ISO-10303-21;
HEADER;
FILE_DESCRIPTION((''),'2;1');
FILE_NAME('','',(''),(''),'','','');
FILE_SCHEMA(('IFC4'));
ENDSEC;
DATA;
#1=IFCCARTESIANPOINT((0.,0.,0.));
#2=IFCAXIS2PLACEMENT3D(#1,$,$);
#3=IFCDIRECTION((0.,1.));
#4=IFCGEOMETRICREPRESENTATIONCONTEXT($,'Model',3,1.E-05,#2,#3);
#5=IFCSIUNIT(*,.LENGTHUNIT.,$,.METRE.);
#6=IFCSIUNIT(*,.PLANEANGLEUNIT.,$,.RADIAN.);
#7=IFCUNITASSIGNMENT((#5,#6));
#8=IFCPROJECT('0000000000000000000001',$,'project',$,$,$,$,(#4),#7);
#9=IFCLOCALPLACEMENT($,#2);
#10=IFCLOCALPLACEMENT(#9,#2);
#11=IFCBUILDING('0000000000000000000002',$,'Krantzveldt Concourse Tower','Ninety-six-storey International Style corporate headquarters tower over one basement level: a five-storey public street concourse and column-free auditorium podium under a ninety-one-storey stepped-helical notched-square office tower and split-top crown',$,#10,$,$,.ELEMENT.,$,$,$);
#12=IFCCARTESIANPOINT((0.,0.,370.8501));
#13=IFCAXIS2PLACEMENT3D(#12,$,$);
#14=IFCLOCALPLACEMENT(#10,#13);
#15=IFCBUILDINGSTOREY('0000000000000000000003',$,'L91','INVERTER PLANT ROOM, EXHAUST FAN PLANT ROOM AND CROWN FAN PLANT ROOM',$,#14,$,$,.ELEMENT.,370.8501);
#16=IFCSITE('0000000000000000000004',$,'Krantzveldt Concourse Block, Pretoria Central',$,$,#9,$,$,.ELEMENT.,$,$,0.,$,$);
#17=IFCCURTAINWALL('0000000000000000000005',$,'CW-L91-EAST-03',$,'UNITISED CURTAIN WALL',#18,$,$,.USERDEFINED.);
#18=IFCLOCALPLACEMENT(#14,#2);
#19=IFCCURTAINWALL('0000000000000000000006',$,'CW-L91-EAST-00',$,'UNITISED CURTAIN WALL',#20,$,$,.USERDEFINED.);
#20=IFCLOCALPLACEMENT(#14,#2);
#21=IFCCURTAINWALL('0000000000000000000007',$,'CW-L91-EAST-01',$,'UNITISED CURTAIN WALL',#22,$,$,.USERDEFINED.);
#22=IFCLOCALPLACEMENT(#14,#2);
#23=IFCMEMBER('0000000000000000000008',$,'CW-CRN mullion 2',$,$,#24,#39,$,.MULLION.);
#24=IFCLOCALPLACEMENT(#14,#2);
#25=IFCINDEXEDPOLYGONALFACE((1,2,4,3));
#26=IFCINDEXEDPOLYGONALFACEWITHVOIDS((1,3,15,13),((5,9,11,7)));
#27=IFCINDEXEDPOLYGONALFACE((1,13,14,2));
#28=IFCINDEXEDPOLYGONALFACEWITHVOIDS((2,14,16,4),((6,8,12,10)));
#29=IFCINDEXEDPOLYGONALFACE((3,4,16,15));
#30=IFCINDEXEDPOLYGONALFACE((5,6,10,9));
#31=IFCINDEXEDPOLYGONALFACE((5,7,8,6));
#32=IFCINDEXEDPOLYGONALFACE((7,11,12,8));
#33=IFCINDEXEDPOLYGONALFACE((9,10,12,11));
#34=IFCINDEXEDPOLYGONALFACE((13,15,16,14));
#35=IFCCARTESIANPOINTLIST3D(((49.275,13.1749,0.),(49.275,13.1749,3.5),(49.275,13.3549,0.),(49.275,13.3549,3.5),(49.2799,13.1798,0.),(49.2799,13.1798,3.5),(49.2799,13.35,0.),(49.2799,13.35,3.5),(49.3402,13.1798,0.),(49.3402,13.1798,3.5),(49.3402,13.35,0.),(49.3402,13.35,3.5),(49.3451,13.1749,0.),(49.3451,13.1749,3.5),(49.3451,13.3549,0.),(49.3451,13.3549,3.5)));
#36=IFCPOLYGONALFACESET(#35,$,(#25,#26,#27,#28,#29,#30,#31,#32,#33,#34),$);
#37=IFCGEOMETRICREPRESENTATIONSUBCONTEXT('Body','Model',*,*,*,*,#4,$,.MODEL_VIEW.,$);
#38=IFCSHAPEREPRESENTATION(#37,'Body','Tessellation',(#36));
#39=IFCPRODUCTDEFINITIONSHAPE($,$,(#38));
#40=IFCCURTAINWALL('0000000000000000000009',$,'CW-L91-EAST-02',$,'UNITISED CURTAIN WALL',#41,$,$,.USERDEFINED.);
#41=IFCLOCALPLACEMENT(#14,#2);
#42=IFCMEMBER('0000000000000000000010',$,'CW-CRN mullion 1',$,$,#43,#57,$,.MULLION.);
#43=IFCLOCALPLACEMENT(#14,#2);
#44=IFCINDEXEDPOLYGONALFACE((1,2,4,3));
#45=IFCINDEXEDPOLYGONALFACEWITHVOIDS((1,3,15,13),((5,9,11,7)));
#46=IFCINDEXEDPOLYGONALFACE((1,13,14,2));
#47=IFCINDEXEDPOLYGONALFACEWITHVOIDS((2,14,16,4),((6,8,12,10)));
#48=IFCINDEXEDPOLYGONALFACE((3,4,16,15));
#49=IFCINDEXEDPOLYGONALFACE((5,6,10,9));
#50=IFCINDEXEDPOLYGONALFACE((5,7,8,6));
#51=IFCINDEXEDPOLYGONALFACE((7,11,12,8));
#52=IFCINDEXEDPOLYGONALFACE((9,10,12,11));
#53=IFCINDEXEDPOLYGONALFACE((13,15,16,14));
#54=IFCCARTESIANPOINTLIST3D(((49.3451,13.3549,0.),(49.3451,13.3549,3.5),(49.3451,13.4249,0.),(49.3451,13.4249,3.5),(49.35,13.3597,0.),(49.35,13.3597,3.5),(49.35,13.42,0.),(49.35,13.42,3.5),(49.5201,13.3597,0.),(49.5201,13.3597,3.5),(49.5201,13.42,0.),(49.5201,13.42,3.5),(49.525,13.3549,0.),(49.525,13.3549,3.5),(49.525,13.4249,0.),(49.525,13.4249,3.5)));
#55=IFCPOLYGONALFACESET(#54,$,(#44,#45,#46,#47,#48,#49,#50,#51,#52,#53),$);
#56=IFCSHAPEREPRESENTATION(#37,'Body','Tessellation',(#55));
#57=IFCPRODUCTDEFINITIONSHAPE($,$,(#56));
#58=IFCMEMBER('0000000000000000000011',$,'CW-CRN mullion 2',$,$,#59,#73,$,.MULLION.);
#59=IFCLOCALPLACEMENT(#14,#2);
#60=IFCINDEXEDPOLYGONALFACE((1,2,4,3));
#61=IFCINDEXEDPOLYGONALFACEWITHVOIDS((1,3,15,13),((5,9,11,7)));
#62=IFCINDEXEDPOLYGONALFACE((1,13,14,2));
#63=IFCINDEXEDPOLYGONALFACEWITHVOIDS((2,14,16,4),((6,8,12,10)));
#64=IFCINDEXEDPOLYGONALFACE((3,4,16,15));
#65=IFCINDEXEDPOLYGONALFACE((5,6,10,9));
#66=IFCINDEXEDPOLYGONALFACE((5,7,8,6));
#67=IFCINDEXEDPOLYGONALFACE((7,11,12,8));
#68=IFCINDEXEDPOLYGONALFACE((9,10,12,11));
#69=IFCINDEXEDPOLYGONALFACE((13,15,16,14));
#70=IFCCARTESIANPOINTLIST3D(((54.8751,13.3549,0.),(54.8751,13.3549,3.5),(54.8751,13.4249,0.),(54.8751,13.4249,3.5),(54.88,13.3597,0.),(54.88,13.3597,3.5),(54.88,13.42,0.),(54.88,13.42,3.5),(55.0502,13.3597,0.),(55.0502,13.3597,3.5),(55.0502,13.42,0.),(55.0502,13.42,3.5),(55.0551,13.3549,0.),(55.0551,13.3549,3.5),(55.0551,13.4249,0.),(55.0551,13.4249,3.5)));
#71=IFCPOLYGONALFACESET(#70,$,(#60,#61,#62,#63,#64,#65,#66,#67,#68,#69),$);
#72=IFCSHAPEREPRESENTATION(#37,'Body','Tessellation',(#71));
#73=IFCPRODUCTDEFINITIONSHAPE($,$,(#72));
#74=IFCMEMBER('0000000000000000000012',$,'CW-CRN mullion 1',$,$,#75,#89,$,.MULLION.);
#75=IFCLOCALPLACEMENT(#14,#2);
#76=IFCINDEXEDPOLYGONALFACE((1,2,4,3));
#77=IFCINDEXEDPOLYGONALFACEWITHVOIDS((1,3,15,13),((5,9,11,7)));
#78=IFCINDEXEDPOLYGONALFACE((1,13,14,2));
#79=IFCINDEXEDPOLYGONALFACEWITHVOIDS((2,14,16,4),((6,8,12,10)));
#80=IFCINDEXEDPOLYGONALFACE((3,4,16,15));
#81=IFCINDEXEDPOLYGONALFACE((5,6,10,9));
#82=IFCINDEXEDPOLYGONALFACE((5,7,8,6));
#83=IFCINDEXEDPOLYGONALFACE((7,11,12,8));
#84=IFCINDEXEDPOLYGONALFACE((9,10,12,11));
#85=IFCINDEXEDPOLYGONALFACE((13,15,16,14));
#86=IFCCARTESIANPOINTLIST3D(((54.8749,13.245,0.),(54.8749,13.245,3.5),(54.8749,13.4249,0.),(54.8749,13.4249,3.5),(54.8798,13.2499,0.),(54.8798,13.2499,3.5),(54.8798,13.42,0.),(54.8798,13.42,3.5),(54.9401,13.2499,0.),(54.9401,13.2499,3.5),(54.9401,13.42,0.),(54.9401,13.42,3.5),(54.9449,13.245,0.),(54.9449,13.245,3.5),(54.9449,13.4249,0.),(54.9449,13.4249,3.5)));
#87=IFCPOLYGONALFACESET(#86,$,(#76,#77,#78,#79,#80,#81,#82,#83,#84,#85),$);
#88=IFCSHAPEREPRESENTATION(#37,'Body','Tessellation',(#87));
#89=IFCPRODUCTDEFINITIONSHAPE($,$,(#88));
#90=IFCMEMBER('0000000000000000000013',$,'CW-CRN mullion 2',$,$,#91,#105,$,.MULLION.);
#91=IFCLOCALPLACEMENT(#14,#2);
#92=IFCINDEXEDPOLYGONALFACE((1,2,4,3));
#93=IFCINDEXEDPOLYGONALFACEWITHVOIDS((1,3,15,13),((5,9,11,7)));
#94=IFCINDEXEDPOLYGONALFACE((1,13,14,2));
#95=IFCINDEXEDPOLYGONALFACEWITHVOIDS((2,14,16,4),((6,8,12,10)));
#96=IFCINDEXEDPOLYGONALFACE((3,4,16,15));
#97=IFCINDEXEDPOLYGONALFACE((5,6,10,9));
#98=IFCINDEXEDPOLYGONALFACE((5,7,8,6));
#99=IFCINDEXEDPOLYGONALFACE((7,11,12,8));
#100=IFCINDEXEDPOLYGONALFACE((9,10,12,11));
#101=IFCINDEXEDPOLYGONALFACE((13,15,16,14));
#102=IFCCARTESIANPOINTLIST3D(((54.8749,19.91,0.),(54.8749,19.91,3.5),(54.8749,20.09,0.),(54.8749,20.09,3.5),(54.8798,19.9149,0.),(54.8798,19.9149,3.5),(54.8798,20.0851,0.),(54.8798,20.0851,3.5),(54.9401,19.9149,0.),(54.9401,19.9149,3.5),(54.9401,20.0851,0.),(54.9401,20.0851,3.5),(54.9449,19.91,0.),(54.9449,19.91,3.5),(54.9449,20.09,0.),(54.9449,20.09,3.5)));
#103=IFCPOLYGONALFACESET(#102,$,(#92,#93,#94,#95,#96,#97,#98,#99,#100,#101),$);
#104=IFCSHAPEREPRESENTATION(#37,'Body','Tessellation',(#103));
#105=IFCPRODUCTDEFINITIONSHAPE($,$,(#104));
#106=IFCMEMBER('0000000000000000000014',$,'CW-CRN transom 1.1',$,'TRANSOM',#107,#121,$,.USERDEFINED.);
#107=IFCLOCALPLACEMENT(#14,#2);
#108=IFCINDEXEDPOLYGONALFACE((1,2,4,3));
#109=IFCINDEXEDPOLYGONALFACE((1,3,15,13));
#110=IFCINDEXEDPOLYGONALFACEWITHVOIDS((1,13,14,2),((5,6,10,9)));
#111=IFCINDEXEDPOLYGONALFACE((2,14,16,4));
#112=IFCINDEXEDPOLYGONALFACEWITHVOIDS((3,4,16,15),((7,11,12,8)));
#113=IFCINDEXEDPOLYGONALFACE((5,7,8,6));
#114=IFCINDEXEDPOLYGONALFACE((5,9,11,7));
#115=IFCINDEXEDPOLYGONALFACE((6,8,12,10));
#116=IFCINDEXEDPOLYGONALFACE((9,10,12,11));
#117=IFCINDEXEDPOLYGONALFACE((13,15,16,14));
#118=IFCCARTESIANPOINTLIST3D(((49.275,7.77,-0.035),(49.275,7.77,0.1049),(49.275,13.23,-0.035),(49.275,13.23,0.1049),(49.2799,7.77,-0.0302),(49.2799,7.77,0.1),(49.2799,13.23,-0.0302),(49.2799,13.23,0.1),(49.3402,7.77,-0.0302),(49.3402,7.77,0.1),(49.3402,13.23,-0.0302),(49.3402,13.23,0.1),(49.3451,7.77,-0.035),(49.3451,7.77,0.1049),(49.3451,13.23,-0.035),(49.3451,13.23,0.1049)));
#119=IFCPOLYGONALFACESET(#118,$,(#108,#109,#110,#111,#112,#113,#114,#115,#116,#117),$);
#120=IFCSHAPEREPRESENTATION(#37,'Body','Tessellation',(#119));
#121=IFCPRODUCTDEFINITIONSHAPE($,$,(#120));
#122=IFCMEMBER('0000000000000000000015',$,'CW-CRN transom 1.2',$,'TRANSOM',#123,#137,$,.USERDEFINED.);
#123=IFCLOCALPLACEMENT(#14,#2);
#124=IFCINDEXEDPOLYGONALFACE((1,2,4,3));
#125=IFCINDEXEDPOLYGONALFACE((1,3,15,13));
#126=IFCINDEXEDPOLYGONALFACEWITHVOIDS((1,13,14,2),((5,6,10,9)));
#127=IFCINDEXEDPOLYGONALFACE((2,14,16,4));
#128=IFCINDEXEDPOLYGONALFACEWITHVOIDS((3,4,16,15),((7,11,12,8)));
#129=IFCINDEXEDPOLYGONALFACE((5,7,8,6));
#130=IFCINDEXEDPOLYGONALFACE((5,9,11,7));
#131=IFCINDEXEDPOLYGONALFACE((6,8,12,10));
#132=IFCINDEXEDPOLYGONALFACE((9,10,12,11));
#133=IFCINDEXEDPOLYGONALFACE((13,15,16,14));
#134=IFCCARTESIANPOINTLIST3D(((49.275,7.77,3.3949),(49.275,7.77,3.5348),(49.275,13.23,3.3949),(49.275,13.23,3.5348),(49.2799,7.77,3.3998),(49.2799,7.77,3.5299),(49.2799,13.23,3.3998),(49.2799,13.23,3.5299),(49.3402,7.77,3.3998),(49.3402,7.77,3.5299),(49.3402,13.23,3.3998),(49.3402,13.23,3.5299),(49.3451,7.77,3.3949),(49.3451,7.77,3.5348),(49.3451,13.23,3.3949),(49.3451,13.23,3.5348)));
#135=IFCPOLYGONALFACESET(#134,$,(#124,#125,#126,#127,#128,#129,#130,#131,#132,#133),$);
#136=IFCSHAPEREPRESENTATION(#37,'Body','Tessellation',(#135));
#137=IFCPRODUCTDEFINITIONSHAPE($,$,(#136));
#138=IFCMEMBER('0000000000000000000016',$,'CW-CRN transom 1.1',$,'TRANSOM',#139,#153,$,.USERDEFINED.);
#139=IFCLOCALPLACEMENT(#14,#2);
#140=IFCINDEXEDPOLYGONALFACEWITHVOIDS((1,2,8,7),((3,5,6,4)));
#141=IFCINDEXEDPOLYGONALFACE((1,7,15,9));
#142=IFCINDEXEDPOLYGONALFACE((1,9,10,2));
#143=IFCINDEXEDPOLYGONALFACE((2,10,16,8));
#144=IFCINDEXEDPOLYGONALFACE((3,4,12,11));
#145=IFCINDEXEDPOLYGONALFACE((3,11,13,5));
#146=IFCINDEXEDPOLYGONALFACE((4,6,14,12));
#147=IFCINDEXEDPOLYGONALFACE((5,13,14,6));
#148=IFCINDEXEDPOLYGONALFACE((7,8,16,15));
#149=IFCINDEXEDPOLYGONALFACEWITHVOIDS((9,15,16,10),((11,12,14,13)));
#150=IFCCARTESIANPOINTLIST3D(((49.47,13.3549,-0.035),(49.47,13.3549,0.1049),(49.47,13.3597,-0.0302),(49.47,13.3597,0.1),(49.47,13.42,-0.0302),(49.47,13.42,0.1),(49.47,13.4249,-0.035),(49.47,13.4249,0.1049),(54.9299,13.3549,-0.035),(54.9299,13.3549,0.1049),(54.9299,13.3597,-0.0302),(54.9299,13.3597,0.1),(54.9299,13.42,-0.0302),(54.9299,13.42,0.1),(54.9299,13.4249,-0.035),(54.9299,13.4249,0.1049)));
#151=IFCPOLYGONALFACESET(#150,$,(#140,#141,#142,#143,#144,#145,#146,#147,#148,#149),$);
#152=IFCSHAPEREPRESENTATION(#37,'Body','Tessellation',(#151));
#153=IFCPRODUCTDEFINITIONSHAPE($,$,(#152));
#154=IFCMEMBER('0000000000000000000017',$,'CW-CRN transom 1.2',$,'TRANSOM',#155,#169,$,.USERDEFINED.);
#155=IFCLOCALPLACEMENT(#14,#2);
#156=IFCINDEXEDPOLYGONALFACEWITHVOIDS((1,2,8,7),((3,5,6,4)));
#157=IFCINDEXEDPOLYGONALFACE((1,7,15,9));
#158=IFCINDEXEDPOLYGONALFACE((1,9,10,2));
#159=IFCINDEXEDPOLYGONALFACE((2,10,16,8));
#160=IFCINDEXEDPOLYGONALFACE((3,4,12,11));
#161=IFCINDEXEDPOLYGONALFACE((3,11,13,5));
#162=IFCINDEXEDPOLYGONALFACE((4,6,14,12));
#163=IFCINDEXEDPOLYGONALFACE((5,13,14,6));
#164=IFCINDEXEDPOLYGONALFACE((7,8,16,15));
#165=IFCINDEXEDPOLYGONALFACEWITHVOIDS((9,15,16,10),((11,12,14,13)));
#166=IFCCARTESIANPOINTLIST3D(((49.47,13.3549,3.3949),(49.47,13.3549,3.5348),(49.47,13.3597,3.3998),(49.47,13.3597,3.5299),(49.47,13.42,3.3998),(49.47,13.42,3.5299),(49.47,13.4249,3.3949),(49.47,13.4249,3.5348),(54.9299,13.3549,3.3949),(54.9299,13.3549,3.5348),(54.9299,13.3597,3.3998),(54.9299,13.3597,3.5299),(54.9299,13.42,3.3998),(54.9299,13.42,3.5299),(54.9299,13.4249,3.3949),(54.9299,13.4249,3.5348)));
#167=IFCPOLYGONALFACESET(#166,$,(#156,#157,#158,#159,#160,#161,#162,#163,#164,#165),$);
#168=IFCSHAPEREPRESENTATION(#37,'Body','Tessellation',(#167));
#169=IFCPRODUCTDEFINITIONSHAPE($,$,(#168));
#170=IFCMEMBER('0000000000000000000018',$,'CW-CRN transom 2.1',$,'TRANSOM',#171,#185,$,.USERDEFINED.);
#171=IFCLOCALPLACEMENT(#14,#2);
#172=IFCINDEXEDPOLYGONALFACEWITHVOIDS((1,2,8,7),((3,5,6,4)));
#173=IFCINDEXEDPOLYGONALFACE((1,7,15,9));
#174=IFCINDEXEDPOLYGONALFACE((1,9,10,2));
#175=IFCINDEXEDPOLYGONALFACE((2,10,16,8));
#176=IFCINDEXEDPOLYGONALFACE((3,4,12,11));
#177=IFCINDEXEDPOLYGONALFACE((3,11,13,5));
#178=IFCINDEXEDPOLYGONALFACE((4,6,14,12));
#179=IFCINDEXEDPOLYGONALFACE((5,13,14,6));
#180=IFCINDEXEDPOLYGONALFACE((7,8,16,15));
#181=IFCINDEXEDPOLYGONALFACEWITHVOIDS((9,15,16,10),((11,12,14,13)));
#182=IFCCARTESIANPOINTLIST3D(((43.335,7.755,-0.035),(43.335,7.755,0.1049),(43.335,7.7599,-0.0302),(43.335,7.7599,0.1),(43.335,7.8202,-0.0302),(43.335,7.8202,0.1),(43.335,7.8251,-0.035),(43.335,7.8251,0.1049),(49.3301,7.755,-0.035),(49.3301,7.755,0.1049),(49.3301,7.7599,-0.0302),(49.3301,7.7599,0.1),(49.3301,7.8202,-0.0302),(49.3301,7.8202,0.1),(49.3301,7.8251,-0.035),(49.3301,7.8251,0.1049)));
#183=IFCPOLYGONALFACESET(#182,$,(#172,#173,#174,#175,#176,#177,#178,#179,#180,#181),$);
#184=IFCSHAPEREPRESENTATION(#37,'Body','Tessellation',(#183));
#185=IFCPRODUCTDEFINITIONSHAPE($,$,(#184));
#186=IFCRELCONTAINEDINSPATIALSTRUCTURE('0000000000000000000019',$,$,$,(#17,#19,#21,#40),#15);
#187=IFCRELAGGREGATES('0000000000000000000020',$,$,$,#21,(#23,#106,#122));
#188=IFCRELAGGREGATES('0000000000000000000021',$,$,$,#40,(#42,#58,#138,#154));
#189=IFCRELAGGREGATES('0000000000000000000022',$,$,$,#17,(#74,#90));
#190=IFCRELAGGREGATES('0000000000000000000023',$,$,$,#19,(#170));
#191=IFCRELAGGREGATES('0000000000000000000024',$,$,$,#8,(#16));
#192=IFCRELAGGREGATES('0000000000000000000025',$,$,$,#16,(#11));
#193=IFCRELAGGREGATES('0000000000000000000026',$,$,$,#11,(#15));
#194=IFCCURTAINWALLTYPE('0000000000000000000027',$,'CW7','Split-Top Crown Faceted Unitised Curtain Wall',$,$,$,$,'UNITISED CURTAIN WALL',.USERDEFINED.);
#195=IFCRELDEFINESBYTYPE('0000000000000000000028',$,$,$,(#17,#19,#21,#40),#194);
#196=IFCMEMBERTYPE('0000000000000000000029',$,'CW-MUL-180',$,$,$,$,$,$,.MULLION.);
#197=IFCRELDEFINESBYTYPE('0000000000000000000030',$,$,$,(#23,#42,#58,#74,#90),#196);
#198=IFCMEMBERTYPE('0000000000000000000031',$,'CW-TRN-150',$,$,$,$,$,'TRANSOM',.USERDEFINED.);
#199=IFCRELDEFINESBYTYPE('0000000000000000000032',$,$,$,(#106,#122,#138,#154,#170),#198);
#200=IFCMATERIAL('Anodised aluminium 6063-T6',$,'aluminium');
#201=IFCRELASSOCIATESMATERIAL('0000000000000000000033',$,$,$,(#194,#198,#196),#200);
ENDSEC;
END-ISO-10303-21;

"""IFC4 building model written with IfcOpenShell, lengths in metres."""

from ifc_helpers import new_model, si_unit, direction, frame, origin, origin_2d, place, context, subcontext, project, spatial, hollow_rectangle, extrude, source, transform, mapped, material, material_profile, profile_set, type_object, type_shapes, element, aggregate, save


model = new_model("IFC4")

# Units and contexts
model_context = context("Model", 3, precision=1e-05, world=origin(), true_north=direction((0.0, 1.0)))
body_context = subcontext(model_context, "Body", "Model", "MODEL_VIEW")
ifc_project = project(units=[si_unit("LENGTHUNIT", "METRE"), si_unit("PLANEANGLEUNIT", "RADIAN")], contexts=[model_context])

# Site, building, storey
site_placement = place(None, origin())
site = spatial("IfcSite", under=ifc_project, at=site_placement, Name="Krantzveldt Concourse Block, Pretoria Central", CompositionType="ELEMENT", RefElevation=0.0)
building_placement = place(site_placement, origin())
building = spatial("IfcBuilding", under=site, at=building_placement, Name="Krantzveldt Concourse Tower", Description="Ninety-six-storey International Style corporate headquarters tower over one basement level: a five-storey public street concourse and column-free auditorium podium under a ninety-one-storey stepped-helical notched-square office tower and split-top crown", CompositionType="ELEMENT")
storey_placement = place(building_placement, frame((0.0, 0.0, 370.8501)))
storey = spatial("IfcBuildingStorey", under=building, at=storey_placement, Name="L91", Description="INVERTER PLANT ROOM, EXHAUST FAN PLANT ROOM AND CROWN FAN PLANT ROOM", CompositionType="ELEMENT", Elevation=370.8501)

# Curtain walls, members
ifc_material_1 = material(Name="Anodised aluminium 6063-T6", Category="aluminium")
curtain_wall_type = type_object("IfcCurtainWallType", Name="CW7", Description="Split-Top Crown Faceted Unitised Curtain Wall", ElementType="UNITISED CURTAIN WALL", PredefinedType="USERDEFINED", material=ifc_material_1)
curtain_wall_1_placement = place(storey_placement, origin())
curtain_wall_1 = element("IfcCurtainWall", 1, at=curtain_wall_1_placement, inside=storey, type_object=curtain_wall_type, Name="CW-L91-EAST-03", ObjectType="UNITISED CURTAIN WALL", PredefinedType="USERDEFINED")
ifc_material_profile_1 = material_profile(ifc_material_1, hollow_rectangle(XDim=0.0701, YDim=0.1399, WallThickness=0.0049, at=origin_2d()), Name="Anodised aluminium 6063-T6", Category="aluminium")
ifc_profile_set_1 = profile_set([ifc_material_profile_1], Name="Anodised aluminium 6063-T6 - ALU-TRAN 140x70x5")
member_type_1 = type_object("IfcMemberType", Name="CW-TRN-150", ElementType="TRANSOM", PredefinedType="USERDEFINED", material=ifc_profile_set_1)
curtain_wall_2_placement = place(storey_placement, origin())
curtain_wall_2 = element("IfcCurtainWall", 2, at=curtain_wall_2_placement, inside=storey, type_object=curtain_wall_type, Name="CW-L91-EAST-00", ObjectType="UNITISED CURTAIN WALL", PredefinedType="USERDEFINED")
ifc_material_profile_2 = material_profile(ifc_material_1, hollow_rectangle(XDim=0.0701, YDim=0.1799, WallThickness=0.0049, at=origin_2d()), Name="Anodised aluminium 6063-T6", Category="aluminium")
ifc_profile_set_2 = profile_set([ifc_material_profile_2], Name="Anodised aluminium 6063-T6 - ALU-MULL 180x70x5")
member_type_2 = type_object("IfcMemberType", Name="CW-MUL-180", PredefinedType="MULLION", material=ifc_profile_set_2)
shared_shape_1 = source(origin(), body_context, "Body", "SweptSolid", [
    extrude(hollow_rectangle(XDim=0.0701, YDim=0.1799, WallThickness=0.0049, at=origin_2d()), origin(), (0.0, 0.0, 1.0), 3.5),
])
type_shapes(member_type_2, [shared_shape_1])
curtain_wall_3_placement = place(storey_placement, origin())
curtain_wall_3 = element("IfcCurtainWall", 3, at=curtain_wall_3_placement, inside=storey, type_object=curtain_wall_type, Name="CW-L91-EAST-01", ObjectType="UNITISED CURTAIN WALL", PredefinedType="USERDEFINED")
member_1_placement = place(storey_placement, frame((49.3101, 13.2649, 0.0), z_axis=(0.0, 0.0, 1.0), x_axis=(-1.0, 0.0, 0.0)))
member_1 = element("IfcMember", 4, at=member_1_placement, type_object=member_type_2, Name="CW-CRN mullion 2", PredefinedType="MULLION", context=body_context, shape_type="MappedRepresentation", body=[
    mapped(shared_shape_1, transform((0.0, 0.0, 0.0), x_axis=(1.0, 0.0, 0.0), y_axis=(0.0, 1.0, 0.0), z_axis=(0.0, 0.0, 1.0), scale=1.0)),
])
curtain_wall_4_placement = place(storey_placement, origin())
curtain_wall_4 = element("IfcCurtainWall", 5, at=curtain_wall_4_placement, inside=storey, type_object=curtain_wall_type, Name="CW-L91-EAST-02", ObjectType="UNITISED CURTAIN WALL", PredefinedType="USERDEFINED")
member_2_placement = place(storey_placement, frame((49.4351, 13.3899, 0.0), z_axis=(0.0, 0.0, 1.0), x_axis=(0.0, 1.0, 0.0)))
member_2 = element("IfcMember", 6, at=member_2_placement, type_object=member_type_2, Name="CW-CRN mullion 1", PredefinedType="MULLION", context=body_context, shape_type="MappedRepresentation", body=[
    mapped(shared_shape_1, transform((0.0, 0.0, 0.0), x_axis=(1.0, 0.0, 0.0), y_axis=(0.0, 1.0, 0.0), z_axis=(0.0, 0.0, 1.0), scale=1.0)),
])
member_3_placement = place(storey_placement, frame((54.9651, 13.3899, 0.0), z_axis=(0.0, 0.0, 1.0), x_axis=(0.0, 1.0, 0.0)))
member_3 = element("IfcMember", 7, at=member_3_placement, type_object=member_type_2, Name="CW-CRN mullion 2", PredefinedType="MULLION", context=body_context, shape_type="MappedRepresentation", body=[
    mapped(shared_shape_1, transform((0.0, 0.0, 0.0), x_axis=(1.0, 0.0, 0.0), y_axis=(0.0, 1.0, 0.0), z_axis=(0.0, 0.0, 1.0), scale=1.0)),
])

# Members
member_4_placement = place(storey_placement, frame((54.9099, 13.335, 0.0), z_axis=(0.0, 0.0, 1.0), x_axis=(-1.0, 0.0, 0.0)))
member_4 = element("IfcMember", 8, at=member_4_placement, type_object=member_type_2, Name="CW-CRN mullion 1", PredefinedType="MULLION", context=body_context, shape_type="MappedRepresentation", body=[
    mapped(shared_shape_1, transform((0.0, 0.0, 0.0), x_axis=(1.0, 0.0, 0.0), y_axis=(0.0, 1.0, 0.0), z_axis=(0.0, 0.0, 1.0), scale=1.0)),
])
member_5_placement = place(storey_placement, frame((54.9099, 20.0, 0.0), z_axis=(0.0, 0.0, 1.0), x_axis=(-1.0, 0.0, 0.0)))
member_5 = element("IfcMember", 9, at=member_5_placement, type_object=member_type_2, Name="CW-CRN mullion 2", PredefinedType="MULLION", context=body_context, shape_type="MappedRepresentation", body=[
    mapped(shared_shape_1, transform((0.0, 0.0, 0.0), x_axis=(1.0, 0.0, 0.0), y_axis=(0.0, 1.0, 0.0), z_axis=(0.0, 0.0, 1.0), scale=1.0)),
])
shared_shape_2 = source(origin(), body_context, "Body", "SweptSolid", [
    extrude(hollow_rectangle(XDim=0.0701, YDim=0.1399, WallThickness=0.0049, at=origin_2d()), origin(), (0.0, 0.0, 1.0), 5.46),
])
member_6_placement = place(storey_placement, frame((49.3101, 7.77, 0.0349), z_axis=(0.0, 1.0, 0.0), x_axis=(-1.0, 0.0, 0.0)))
member_6 = element("IfcMember", 10, at=member_6_placement, type_object=member_type_1, Name="CW-CRN transom 1.1", ObjectType="TRANSOM", PredefinedType="USERDEFINED", context=body_context, shape_type="MappedRepresentation", body=[
    mapped(shared_shape_2, transform((0.0, 0.0, 0.0), x_axis=(1.0, 0.0, 0.0), y_axis=(0.0, 1.0, 0.0), z_axis=(0.0, 0.0, 1.0), scale=1.0)),
])
member_7_placement = place(storey_placement, frame((49.3101, 7.77, 3.4648), z_axis=(0.0, 1.0, 0.0), x_axis=(-1.0, 0.0, 0.0)))
member_7 = element("IfcMember", 11, at=member_7_placement, type_object=member_type_1, Name="CW-CRN transom 1.2", ObjectType="TRANSOM", PredefinedType="USERDEFINED", context=body_context, shape_type="MappedRepresentation", body=[
    mapped(shared_shape_2, transform((0.0, 0.0, 0.0), x_axis=(1.0, 0.0, 0.0), y_axis=(0.0, 1.0, 0.0), z_axis=(0.0, 0.0, 1.0), scale=1.0)),
])
member_8_placement = place(storey_placement, frame((49.47, 13.3899, 0.0349), z_axis=(1.0, 0.0, 0.0), x_axis=(0.0, 1.0, 0.0)))
member_8 = element("IfcMember", 12, at=member_8_placement, type_object=member_type_1, Name="CW-CRN transom 1.1", ObjectType="TRANSOM", PredefinedType="USERDEFINED", context=body_context, shape_type="MappedRepresentation", body=[
    mapped(shared_shape_2, transform((0.0, 0.0, 0.0), x_axis=(1.0, 0.0, 0.0), y_axis=(0.0, 1.0, 0.0), z_axis=(0.0, 0.0, 1.0), scale=1.0)),
])
member_9_placement = place(storey_placement, frame((49.47, 13.3899, 3.4648), z_axis=(1.0, 0.0, 0.0), x_axis=(0.0, 1.0, 0.0)))
member_9 = element("IfcMember", 13, at=member_9_placement, type_object=member_type_1, Name="CW-CRN transom 1.2", ObjectType="TRANSOM", PredefinedType="USERDEFINED", context=body_context, shape_type="MappedRepresentation", body=[
    mapped(shared_shape_2, transform((0.0, 0.0, 0.0), x_axis=(1.0, 0.0, 0.0), y_axis=(0.0, 1.0, 0.0), z_axis=(0.0, 0.0, 1.0), scale=1.0)),
])
shared_shape_3 = source(origin(), body_context, "Body", "SweptSolid", [
    extrude(hollow_rectangle(XDim=0.0701, YDim=0.1399, WallThickness=0.0049, at=origin_2d()), origin(), (0.0, 0.0, 1.0), 5.9951),
])
member_10_placement = place(storey_placement, frame((43.335, 7.79, 0.0349), z_axis=(1.0, 0.0, 0.0), x_axis=(0.0, 1.0, 0.0)))
member_10 = element("IfcMember", 14, at=member_10_placement, type_object=member_type_1, Name="CW-CRN transom 2.1", ObjectType="TRANSOM", PredefinedType="USERDEFINED", context=body_context, shape_type="MappedRepresentation", body=[
    mapped(shared_shape_3, transform((0.0, 0.0, 0.0), x_axis=(1.0, 0.0, 0.0), y_axis=(0.0, 1.0, 0.0), z_axis=(0.0, 0.0, 1.0), scale=1.0)),
])

aggregate(curtain_wall_3, [member_1, member_6, member_7])
aggregate(curtain_wall_4, [member_2, member_3, member_8, member_9])
aggregate(curtain_wall_1, [member_4, member_5])
aggregate(curtain_wall_2, [member_10])

save(model, "model.ifc")
